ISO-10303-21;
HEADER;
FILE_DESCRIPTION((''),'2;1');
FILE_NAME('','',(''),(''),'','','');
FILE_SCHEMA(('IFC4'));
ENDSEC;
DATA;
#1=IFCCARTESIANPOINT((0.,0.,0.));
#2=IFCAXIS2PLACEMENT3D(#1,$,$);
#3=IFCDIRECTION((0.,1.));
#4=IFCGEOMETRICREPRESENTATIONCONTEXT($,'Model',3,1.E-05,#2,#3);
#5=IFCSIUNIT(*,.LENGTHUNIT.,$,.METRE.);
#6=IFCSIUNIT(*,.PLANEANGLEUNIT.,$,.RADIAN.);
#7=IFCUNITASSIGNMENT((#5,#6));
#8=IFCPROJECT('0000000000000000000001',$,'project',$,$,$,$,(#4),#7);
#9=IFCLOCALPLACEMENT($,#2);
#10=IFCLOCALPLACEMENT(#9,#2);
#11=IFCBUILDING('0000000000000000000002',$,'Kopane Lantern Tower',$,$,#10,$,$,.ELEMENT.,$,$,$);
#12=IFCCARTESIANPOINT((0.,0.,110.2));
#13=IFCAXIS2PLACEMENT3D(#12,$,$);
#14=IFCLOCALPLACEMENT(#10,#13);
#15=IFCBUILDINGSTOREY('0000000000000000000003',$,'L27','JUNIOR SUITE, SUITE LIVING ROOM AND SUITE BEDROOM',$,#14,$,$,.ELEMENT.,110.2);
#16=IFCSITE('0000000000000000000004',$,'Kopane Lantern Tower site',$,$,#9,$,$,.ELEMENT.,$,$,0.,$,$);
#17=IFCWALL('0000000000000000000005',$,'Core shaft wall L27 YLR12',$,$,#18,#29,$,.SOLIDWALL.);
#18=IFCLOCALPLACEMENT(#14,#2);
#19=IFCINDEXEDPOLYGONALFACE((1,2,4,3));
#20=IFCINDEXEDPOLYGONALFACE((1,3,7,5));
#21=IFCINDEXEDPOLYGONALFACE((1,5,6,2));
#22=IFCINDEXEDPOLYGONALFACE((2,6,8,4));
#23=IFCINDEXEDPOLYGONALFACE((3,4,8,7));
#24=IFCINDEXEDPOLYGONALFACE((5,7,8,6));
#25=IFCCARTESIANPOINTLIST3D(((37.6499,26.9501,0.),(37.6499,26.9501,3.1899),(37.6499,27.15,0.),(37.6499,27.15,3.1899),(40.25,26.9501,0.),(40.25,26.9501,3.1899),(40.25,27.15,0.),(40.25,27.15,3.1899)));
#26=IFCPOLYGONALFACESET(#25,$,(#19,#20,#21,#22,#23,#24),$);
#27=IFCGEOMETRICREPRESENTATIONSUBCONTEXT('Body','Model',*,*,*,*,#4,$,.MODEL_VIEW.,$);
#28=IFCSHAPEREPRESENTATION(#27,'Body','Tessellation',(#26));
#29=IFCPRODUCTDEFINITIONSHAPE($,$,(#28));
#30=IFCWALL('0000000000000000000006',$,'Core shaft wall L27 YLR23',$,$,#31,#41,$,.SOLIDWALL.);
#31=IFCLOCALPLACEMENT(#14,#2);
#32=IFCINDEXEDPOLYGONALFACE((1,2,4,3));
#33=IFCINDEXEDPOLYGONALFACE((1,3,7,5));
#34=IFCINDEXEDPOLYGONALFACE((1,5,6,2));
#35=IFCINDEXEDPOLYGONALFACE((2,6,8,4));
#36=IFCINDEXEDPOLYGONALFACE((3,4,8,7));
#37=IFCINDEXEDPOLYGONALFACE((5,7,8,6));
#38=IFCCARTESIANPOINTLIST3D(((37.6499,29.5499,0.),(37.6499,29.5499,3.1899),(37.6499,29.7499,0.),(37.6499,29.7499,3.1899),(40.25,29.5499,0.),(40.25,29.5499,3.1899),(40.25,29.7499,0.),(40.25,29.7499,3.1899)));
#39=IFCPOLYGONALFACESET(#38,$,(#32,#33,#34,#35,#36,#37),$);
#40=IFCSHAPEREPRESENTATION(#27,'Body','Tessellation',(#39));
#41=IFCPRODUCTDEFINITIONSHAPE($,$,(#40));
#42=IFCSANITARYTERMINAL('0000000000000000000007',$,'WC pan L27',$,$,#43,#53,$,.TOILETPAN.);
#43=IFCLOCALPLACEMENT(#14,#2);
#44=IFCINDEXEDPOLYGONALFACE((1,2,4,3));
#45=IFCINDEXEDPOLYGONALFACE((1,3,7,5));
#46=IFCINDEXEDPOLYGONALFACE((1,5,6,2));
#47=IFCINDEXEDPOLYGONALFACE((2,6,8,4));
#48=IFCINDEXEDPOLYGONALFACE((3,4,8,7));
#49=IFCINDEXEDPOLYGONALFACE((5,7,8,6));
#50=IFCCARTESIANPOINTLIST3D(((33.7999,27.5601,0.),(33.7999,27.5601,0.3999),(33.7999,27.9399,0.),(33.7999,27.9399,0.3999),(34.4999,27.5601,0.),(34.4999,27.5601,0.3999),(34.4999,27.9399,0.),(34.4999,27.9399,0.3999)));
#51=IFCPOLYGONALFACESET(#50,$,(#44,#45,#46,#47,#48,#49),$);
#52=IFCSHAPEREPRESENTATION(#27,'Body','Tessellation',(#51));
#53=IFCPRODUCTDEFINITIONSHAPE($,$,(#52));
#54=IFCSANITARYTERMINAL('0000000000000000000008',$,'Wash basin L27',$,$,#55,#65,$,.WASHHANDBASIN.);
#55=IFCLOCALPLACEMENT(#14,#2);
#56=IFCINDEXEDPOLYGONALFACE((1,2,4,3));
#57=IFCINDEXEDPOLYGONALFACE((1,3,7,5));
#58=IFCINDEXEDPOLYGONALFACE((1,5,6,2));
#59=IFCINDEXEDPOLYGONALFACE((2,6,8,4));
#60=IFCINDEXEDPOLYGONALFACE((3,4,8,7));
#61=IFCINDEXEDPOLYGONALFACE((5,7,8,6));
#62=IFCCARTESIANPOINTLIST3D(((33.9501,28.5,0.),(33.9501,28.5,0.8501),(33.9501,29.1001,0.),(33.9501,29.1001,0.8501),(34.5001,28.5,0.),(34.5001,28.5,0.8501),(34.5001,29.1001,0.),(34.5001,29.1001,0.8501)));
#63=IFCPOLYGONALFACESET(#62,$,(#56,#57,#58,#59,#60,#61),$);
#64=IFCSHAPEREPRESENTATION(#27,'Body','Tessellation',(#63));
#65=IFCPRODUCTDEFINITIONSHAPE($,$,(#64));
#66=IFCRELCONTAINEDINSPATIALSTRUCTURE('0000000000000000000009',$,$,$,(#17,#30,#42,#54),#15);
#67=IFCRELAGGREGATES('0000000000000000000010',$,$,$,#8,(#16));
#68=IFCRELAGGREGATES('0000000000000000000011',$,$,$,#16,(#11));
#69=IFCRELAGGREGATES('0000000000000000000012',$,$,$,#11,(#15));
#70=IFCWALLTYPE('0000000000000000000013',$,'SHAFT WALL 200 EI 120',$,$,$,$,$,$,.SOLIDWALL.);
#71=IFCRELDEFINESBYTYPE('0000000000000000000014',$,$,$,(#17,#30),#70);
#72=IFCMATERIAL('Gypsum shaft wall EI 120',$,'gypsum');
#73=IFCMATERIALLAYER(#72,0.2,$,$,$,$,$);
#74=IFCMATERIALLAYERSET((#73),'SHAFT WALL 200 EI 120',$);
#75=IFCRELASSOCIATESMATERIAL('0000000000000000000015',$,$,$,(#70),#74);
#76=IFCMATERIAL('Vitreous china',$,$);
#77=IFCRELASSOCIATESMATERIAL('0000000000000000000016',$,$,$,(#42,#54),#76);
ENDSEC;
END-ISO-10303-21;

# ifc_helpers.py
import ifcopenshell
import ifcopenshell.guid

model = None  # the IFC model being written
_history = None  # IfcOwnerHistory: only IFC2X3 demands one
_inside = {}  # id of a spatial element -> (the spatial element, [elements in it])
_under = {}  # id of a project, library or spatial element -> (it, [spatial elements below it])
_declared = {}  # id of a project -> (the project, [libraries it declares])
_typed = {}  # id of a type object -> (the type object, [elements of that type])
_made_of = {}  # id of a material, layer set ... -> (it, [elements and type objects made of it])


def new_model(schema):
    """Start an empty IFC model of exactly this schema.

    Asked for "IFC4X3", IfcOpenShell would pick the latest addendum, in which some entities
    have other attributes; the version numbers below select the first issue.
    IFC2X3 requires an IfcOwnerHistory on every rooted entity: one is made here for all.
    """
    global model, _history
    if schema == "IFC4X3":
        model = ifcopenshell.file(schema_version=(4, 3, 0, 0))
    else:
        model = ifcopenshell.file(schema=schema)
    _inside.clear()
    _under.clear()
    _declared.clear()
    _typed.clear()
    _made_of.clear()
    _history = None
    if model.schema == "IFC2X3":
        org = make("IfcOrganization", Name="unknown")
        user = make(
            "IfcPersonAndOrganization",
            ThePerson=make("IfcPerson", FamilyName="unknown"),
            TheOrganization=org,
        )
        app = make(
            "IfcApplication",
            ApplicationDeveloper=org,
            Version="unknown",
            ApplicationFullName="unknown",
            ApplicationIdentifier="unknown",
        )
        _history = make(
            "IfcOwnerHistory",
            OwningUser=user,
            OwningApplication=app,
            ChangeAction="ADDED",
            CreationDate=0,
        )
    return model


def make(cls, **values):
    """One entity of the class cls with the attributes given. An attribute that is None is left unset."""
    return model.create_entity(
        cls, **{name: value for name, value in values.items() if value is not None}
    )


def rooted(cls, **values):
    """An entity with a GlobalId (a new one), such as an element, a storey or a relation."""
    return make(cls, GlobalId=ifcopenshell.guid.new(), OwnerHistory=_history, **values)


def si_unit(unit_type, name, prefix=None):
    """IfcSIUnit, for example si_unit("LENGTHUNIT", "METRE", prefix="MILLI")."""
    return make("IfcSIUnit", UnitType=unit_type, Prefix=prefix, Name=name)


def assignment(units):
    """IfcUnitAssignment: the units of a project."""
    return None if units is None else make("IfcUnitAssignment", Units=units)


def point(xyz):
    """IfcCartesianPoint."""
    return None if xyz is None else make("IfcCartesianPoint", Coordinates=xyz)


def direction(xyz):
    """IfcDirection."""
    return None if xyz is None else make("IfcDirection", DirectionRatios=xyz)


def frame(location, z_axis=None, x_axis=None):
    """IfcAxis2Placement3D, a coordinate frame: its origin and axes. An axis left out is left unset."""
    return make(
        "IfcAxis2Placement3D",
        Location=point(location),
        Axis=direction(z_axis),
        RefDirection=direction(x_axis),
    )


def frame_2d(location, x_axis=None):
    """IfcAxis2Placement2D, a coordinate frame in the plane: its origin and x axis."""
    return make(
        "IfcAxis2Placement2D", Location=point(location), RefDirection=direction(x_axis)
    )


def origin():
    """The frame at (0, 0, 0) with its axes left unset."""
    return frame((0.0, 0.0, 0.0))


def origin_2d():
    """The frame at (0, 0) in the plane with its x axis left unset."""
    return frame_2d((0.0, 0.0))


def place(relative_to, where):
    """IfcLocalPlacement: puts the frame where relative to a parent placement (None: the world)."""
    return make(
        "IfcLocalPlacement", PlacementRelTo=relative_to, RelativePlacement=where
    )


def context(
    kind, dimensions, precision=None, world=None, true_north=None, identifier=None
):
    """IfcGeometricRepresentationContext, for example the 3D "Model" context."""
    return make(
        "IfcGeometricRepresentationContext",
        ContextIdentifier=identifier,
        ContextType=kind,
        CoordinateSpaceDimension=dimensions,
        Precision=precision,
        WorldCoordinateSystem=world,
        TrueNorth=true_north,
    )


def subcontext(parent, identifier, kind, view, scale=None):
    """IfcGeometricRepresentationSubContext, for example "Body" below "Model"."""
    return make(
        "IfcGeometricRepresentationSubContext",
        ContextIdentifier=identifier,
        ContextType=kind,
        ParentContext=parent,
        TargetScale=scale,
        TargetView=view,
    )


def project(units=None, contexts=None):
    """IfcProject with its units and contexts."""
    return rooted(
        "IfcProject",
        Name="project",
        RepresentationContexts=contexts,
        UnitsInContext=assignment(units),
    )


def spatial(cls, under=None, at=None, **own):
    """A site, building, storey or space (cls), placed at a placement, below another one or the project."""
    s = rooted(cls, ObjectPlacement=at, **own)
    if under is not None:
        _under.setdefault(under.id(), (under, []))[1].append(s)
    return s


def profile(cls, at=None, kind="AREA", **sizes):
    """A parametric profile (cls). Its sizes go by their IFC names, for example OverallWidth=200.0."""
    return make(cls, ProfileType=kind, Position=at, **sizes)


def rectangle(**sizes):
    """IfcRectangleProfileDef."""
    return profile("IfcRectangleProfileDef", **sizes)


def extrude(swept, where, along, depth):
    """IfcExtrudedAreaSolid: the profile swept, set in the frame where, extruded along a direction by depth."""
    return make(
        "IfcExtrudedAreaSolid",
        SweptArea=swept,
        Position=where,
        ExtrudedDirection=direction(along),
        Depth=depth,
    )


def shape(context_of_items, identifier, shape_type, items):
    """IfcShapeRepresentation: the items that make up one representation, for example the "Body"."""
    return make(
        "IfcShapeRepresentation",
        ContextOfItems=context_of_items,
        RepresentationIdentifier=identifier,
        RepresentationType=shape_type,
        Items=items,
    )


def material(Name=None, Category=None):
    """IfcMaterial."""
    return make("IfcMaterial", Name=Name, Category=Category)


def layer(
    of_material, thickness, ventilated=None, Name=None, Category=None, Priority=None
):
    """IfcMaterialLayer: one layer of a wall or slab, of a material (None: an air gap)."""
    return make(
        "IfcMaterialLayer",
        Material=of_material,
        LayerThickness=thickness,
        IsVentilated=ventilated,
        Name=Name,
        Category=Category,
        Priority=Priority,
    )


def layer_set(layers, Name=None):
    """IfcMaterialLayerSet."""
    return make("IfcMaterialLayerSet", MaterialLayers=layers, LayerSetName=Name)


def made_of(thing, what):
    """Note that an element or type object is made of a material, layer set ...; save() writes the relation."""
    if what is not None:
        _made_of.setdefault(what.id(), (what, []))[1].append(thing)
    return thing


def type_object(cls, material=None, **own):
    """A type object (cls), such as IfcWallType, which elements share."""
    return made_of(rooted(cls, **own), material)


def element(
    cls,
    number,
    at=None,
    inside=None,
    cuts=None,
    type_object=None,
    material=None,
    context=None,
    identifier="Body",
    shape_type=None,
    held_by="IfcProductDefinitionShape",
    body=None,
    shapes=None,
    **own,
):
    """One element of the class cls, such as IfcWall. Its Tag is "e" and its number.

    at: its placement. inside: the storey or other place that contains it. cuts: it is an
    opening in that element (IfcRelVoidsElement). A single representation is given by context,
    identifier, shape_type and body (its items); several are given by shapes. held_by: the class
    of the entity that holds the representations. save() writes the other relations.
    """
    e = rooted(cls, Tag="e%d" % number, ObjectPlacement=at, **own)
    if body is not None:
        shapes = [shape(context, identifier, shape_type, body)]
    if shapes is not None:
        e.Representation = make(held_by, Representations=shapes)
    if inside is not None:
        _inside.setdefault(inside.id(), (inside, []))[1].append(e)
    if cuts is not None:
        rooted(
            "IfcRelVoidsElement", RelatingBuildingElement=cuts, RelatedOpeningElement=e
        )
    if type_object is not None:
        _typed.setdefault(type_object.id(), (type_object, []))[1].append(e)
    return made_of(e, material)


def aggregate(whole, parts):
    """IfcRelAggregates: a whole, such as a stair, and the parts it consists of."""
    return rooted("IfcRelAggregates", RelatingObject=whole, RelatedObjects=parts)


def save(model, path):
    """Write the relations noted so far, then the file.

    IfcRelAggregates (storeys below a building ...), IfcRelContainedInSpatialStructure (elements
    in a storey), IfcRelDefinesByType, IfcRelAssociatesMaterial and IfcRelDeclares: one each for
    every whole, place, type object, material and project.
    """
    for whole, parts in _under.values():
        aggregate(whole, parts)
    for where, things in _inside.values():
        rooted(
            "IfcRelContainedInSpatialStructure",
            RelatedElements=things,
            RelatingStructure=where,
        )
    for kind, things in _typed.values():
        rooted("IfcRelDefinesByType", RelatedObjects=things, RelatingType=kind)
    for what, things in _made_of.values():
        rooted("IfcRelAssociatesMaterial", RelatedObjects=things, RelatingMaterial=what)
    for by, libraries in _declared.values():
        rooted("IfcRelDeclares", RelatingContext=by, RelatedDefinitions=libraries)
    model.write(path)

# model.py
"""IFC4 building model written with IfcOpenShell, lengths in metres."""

from ifc_helpers import new_model, si_unit, direction, frame, frame_2d, origin, origin_2d, place, context, subcontext, project, spatial, rectangle, extrude, material, layer, layer_set, type_object, element, save


model = new_model("IFC4")

# Units and contexts
model_context = context("Model", 3, precision=1e-05, world=origin(), true_north=direction((0.0, 1.0)))
body_context = subcontext(model_context, "Body", "Model", "MODEL_VIEW")
ifc_project = project(units=[si_unit("LENGTHUNIT", "METRE"), si_unit("PLANEANGLEUNIT", "RADIAN")], contexts=[model_context])

# Site, building, storey
site_placement = place(None, origin())
site = spatial("IfcSite", under=ifc_project, at=site_placement, Name="Kopane Lantern Tower site", CompositionType="ELEMENT", RefElevation=0.0)
building_placement = place(site_placement, origin())
building = spatial("IfcBuilding", under=site, at=building_placement, Name="Kopane Lantern Tower", CompositionType="ELEMENT")
storey_placement = place(building_placement, frame((0.0, 0.0, 110.2)))
storey = spatial("IfcBuildingStorey", under=building, at=storey_placement, Name="L27", Description="JUNIOR SUITE, SUITE LIVING ROOM AND SUITE BEDROOM", CompositionType="ELEMENT", Elevation=110.2)

# Walls
ifc_material_1 = material(Name="Gypsum shaft wall EI 120", Category="gypsum")
ifc_layer_1 = layer(ifc_material_1, 0.2)
ifc_layer_set_1 = layer_set([ifc_layer_1], Name="SHAFT WALL 200 EI 120")
wall_type_1 = type_object("IfcWallType", Name="SHAFT WALL 200 EI 120", PredefinedType="SOLIDWALL", material=ifc_layer_set_1)
for number, where, z_axis, x_axis, name in (
    (1, (37.6499, 27.05, 0.0), (0.0, 0.0, 1.0), (1.0, 0.0, 0.0), "Core shaft wall L27 YLR12"),
    (2, (37.6499, 29.6499, 0.0), (0.0, 0.0, 1.0), (1.0, 0.0, 0.0), "Core shaft wall L27 YLR23"),
):
    element("IfcWall", number, at=place(storey_placement, frame(where, z_axis=z_axis, x_axis=x_axis)), inside=storey, type_object=wall_type_1, Name=name, PredefinedType="SOLIDWALL", context=body_context, shape_type="SweptSolid", body=[
        extrude(rectangle(XDim=2.6001, YDim=0.2, at=frame_2d((1.3, 0.0))), origin(), (0.0, 0.0, 1.0), 3.1899),
    ])

# Sanitary terminals
ifc_material_2 = material(Name="Vitreous china")
sanitary_terminal_1_placement = place(storey_placement, frame((34.1499, 27.75, 0.0), z_axis=(0.0, 0.0, 1.0), x_axis=(1.0, 0.0, 0.0)))
element("IfcSanitaryTerminal", 3, at=sanitary_terminal_1_placement, inside=storey, material=ifc_material_2, Name="WC pan L27", PredefinedType="TOILETPAN", context=body_context, shape_type="SweptSolid", body=[
    extrude(rectangle(XDim=0.7, YDim=0.3799, at=origin_2d()), origin(), (0.0, 0.0, 1.0), 0.3999),
])
sanitary_terminal_2_placement = place(storey_placement, frame((34.2251, 28.8, 0.0), z_axis=(0.0, 0.0, 1.0), x_axis=(1.0, 0.0, 0.0)))
element("IfcSanitaryTerminal", 4, at=sanitary_terminal_2_placement, inside=storey, material=ifc_material_2, Name="Wash basin L27", PredefinedType="WASHHANDBASIN", context=body_context, shape_type="SweptSolid", body=[
    extrude(rectangle(XDim=0.55, YDim=0.6001, at=origin_2d()), origin(), (0.0, 0.0, 1.0), 0.8501),
])

save(model, "model.ifc")
